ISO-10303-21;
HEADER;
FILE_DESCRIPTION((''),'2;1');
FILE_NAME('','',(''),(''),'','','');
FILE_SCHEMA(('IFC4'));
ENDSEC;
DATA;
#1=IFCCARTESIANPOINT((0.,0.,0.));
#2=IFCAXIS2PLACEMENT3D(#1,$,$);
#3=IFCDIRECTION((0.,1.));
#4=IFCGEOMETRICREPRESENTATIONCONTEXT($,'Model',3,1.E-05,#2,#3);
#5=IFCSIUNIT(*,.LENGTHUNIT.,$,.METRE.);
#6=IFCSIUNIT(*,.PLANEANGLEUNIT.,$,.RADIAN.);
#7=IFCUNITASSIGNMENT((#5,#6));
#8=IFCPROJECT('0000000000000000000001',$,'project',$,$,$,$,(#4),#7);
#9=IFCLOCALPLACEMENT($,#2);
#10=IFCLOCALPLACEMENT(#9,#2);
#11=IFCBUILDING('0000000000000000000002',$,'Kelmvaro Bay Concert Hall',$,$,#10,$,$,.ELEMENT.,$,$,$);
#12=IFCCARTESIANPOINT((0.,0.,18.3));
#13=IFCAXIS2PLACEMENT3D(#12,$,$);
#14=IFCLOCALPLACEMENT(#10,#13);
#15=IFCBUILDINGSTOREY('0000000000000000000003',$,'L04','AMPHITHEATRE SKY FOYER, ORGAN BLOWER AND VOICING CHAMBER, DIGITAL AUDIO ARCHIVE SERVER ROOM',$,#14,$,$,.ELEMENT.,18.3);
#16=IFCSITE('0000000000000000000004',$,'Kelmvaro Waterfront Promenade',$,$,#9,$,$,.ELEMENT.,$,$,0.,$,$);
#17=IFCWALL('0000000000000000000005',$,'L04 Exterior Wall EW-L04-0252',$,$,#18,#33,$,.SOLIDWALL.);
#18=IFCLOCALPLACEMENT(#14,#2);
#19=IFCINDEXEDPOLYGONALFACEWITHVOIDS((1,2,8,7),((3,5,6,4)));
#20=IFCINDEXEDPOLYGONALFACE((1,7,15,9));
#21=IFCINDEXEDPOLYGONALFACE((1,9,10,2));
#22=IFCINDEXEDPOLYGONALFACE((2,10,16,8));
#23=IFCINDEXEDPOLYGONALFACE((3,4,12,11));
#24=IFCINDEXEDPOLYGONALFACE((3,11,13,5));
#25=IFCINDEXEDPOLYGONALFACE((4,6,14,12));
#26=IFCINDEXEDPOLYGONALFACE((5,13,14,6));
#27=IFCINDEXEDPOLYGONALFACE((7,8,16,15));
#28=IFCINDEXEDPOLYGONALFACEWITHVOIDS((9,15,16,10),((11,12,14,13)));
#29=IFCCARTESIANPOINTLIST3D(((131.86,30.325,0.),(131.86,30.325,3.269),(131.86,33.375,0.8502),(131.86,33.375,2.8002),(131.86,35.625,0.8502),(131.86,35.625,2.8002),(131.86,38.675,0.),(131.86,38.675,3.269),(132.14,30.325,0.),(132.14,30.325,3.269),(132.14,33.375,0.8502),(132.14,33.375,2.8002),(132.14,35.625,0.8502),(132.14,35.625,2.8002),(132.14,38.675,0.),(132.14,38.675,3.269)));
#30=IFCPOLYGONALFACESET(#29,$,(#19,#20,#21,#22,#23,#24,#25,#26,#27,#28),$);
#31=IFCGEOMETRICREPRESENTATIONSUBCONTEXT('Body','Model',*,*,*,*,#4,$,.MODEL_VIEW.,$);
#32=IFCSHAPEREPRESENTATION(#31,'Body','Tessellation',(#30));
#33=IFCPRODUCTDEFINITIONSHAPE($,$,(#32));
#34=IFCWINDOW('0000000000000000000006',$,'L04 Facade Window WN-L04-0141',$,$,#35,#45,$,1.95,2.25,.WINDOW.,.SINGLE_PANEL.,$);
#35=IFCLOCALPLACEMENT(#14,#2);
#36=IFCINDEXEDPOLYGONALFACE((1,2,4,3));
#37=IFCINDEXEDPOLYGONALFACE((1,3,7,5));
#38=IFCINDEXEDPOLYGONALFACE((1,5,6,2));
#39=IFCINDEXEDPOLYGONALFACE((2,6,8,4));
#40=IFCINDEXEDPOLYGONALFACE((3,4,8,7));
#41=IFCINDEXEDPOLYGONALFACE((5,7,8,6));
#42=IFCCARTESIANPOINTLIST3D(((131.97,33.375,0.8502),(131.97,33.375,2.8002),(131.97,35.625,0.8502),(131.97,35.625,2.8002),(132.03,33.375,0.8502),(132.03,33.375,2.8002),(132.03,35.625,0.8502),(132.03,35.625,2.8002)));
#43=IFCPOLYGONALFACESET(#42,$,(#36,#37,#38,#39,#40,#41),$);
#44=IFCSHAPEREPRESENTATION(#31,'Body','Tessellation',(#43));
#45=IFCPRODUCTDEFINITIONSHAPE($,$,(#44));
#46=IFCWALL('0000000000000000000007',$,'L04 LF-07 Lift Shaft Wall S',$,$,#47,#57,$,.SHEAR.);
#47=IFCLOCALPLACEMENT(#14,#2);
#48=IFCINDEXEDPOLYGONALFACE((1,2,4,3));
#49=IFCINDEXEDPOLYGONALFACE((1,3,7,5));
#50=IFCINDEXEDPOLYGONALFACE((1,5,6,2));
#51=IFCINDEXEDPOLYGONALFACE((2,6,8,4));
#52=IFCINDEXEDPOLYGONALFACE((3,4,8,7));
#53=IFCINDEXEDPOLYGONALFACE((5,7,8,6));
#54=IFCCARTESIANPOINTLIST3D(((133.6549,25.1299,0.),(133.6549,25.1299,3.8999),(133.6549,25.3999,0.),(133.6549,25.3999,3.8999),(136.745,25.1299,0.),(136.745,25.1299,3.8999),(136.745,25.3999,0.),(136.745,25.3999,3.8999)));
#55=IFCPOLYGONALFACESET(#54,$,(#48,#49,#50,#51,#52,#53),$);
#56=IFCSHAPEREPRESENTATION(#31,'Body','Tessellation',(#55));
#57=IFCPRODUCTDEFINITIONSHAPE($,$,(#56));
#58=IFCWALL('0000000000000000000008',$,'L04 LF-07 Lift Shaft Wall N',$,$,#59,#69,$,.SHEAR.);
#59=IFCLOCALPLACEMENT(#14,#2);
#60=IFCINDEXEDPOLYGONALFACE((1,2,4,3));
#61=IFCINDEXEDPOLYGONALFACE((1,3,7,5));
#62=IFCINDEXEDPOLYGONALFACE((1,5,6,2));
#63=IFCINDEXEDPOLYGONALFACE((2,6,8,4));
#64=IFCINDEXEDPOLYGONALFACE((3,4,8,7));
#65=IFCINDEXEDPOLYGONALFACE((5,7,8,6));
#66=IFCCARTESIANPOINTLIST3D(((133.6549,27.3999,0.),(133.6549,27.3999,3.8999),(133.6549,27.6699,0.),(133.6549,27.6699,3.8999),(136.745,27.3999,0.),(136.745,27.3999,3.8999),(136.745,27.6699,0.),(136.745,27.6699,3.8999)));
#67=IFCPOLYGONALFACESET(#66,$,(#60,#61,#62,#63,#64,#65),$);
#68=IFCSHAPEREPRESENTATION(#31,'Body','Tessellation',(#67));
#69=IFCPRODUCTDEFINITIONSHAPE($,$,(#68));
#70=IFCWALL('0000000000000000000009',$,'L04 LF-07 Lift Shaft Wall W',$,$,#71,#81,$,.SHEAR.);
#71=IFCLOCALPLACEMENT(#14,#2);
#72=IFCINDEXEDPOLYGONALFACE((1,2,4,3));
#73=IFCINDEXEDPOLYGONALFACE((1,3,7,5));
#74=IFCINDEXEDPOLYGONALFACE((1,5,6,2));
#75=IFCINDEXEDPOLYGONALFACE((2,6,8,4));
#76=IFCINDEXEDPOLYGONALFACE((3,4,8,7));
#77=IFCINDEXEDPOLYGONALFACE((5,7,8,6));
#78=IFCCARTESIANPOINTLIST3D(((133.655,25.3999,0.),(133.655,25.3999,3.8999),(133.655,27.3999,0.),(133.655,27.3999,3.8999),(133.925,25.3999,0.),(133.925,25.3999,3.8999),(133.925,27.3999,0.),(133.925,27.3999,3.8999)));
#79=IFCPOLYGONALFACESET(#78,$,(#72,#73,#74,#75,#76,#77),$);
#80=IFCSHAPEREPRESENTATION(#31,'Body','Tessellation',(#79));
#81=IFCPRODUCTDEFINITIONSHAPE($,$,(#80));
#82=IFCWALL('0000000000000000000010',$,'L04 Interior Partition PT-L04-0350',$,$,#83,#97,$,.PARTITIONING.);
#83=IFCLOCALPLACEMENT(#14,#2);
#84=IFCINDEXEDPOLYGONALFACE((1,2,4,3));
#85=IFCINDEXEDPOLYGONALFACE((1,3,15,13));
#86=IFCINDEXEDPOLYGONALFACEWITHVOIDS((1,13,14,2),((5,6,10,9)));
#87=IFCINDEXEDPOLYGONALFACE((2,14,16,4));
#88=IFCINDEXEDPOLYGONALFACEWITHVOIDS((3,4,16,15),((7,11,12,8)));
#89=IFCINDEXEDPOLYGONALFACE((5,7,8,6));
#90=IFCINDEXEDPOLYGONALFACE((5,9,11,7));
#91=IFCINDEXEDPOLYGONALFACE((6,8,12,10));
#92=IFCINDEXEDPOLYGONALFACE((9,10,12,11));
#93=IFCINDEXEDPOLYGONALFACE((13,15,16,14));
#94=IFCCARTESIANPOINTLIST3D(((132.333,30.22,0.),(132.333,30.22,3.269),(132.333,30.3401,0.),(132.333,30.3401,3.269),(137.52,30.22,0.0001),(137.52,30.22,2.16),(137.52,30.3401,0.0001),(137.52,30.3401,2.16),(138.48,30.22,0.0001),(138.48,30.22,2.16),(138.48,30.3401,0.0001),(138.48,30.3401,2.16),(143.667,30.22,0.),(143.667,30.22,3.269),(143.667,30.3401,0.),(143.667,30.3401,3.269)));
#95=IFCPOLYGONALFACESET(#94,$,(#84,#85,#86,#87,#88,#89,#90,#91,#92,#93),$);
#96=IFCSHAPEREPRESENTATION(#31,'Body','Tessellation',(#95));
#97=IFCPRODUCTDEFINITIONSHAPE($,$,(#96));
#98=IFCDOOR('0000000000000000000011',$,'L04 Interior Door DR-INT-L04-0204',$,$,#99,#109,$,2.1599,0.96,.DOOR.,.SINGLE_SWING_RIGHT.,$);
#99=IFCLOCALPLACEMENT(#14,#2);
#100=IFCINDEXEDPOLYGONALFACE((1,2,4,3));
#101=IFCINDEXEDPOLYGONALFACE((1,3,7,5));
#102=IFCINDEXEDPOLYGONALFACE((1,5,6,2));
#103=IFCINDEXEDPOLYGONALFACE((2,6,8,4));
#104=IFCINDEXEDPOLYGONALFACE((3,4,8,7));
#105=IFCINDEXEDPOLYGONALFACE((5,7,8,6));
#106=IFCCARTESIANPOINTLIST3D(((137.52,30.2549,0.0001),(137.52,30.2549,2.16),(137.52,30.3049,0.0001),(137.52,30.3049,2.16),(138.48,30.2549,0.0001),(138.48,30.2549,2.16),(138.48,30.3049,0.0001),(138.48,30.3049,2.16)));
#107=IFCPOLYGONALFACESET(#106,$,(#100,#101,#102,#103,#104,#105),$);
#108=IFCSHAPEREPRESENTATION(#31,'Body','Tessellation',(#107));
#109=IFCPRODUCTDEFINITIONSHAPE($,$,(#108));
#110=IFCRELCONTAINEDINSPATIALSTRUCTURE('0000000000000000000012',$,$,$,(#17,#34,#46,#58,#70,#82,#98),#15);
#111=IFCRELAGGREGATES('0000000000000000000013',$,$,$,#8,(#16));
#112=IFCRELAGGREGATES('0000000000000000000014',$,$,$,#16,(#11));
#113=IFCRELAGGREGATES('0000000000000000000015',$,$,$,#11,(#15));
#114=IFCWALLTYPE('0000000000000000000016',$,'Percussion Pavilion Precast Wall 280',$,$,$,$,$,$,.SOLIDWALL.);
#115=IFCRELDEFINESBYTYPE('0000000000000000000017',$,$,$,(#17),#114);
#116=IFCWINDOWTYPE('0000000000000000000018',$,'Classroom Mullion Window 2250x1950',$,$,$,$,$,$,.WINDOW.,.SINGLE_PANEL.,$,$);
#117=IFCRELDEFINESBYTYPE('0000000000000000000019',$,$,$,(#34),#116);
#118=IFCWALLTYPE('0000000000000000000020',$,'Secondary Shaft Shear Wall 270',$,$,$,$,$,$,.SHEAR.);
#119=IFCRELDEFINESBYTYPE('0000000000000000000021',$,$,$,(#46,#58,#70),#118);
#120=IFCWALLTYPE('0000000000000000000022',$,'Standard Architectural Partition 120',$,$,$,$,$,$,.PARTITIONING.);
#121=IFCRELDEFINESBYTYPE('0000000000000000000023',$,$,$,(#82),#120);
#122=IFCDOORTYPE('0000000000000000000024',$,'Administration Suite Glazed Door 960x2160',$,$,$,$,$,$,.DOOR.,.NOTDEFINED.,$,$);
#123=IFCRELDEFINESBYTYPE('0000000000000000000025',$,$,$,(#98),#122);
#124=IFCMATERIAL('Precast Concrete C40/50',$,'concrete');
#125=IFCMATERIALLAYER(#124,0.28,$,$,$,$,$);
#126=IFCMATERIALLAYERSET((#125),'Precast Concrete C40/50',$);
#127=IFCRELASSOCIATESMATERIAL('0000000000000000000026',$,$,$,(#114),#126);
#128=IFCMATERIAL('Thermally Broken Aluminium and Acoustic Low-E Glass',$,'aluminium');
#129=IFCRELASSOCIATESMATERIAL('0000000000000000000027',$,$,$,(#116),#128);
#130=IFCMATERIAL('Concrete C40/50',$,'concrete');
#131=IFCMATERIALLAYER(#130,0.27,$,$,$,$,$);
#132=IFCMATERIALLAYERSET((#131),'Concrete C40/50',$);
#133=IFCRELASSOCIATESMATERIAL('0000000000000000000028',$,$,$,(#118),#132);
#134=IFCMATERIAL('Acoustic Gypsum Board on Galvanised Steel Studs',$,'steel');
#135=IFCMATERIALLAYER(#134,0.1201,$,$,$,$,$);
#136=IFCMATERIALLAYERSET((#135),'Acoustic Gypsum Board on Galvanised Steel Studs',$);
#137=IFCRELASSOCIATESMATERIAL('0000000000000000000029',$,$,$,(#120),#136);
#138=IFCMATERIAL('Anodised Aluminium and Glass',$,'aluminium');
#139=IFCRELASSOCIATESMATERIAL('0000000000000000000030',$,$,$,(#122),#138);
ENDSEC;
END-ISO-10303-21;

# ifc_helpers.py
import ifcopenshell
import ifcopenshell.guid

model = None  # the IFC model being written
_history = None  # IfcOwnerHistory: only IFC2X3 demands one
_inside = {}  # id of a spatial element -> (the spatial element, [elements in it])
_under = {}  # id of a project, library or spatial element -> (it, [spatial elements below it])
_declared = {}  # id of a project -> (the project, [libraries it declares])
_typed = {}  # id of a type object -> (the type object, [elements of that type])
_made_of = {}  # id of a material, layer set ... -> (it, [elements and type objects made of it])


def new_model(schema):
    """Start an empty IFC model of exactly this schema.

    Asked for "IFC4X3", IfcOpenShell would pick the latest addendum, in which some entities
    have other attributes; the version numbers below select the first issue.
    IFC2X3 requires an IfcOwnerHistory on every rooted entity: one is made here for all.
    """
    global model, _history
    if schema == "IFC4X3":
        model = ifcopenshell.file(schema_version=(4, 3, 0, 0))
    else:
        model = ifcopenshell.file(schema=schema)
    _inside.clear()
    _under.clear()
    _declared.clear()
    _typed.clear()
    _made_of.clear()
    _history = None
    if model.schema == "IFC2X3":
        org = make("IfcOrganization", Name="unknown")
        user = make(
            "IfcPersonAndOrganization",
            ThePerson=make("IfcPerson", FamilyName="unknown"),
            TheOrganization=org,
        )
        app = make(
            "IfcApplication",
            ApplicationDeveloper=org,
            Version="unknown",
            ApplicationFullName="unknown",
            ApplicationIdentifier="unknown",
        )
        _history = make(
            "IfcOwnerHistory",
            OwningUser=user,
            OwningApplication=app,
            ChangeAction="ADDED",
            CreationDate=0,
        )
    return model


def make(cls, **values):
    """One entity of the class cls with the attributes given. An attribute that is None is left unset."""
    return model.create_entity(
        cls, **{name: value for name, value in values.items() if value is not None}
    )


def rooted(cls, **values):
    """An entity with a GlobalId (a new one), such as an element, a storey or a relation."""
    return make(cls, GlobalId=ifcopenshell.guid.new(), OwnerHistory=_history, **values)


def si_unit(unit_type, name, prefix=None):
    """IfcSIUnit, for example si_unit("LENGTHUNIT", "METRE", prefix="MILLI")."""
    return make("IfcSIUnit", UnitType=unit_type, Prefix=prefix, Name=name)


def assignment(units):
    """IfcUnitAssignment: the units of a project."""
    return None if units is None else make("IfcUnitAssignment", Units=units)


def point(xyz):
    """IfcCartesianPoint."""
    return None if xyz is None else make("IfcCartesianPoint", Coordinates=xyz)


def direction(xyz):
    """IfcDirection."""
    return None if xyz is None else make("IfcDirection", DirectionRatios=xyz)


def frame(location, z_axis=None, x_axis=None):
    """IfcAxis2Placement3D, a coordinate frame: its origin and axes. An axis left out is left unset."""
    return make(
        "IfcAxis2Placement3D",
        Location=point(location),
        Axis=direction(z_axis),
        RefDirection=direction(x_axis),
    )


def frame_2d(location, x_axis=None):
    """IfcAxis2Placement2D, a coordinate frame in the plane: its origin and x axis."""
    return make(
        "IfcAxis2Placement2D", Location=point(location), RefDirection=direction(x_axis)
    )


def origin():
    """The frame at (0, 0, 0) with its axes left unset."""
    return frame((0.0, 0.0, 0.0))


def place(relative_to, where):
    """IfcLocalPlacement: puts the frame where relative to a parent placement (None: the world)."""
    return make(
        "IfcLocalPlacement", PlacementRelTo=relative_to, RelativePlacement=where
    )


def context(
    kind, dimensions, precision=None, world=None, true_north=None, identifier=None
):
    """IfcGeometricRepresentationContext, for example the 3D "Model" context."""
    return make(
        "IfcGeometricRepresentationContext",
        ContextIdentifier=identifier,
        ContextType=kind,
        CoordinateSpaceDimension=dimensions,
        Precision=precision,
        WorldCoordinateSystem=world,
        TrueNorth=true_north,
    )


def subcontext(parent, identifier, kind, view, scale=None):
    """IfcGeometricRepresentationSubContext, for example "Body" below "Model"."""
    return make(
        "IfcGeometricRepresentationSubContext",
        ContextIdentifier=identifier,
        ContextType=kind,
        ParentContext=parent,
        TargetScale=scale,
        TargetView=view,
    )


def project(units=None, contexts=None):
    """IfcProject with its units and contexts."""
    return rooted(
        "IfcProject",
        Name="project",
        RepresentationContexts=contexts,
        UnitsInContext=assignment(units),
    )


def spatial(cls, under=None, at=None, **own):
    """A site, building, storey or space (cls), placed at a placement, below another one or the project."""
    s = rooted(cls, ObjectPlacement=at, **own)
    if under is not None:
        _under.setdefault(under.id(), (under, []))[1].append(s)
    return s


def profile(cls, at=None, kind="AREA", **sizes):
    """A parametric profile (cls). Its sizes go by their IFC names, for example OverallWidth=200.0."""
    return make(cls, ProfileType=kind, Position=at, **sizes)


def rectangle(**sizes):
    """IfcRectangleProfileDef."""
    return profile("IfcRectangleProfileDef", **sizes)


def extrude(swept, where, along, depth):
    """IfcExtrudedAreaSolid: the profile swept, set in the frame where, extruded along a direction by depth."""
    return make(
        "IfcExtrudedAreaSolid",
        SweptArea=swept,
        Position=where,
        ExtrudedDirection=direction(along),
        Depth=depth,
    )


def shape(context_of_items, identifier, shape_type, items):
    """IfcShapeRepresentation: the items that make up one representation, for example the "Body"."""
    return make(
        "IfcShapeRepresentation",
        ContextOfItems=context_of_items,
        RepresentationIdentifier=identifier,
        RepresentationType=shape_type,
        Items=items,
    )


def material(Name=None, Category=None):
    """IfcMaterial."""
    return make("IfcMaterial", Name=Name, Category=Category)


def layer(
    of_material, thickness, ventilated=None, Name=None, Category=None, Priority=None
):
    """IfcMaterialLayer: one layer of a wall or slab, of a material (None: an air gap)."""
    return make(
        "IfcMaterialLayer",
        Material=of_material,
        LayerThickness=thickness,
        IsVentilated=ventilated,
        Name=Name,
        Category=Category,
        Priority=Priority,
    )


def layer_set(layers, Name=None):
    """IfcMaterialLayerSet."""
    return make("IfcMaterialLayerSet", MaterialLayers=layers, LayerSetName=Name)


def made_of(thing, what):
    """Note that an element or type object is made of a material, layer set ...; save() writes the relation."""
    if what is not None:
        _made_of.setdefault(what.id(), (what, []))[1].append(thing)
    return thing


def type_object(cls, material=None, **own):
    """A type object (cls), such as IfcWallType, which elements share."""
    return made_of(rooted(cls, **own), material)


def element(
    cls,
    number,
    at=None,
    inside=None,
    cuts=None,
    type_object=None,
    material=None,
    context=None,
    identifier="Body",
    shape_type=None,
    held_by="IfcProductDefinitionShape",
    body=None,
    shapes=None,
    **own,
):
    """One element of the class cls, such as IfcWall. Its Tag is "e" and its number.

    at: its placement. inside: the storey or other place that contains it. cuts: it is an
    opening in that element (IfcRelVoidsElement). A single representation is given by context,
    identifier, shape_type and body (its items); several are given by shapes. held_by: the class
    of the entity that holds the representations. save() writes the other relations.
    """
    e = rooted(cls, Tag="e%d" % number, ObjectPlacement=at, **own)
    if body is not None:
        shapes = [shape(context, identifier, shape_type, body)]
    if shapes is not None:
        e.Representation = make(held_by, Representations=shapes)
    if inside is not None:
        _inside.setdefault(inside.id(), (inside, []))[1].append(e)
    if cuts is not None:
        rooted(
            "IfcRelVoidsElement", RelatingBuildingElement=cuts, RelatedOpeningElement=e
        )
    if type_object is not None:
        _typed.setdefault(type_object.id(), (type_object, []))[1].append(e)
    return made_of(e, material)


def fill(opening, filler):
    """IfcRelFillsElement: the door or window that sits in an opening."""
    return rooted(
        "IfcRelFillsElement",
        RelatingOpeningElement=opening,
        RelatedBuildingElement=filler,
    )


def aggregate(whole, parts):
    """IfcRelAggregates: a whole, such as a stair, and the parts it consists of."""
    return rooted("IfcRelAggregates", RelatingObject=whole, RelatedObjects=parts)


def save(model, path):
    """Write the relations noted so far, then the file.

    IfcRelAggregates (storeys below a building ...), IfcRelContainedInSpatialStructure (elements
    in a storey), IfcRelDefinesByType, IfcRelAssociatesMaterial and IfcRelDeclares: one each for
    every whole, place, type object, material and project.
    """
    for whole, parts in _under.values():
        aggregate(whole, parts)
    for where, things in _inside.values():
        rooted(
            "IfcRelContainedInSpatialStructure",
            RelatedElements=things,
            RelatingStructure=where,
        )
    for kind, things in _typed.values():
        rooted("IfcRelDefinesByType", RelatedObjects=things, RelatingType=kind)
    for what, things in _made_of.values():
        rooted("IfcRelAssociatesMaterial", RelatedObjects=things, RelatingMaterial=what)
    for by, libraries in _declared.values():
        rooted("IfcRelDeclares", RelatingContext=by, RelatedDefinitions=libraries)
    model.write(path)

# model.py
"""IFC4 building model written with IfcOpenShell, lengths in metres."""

from ifc_helpers import new_model, si_unit, direction, frame, frame_2d, origin, place, context, subcontext, project, spatial, rectangle, extrude, material, layer, layer_set, type_object, element, fill, save


model = new_model("IFC4")

# Units and contexts
model_context = context("Model", 3, precision=1e-05, world=origin(), true_north=direction((0.0, 1.0)))
body_context = subcontext(model_context, "Body", "Model", "MODEL_VIEW")
ifc_project = project(units=[si_unit("LENGTHUNIT", "METRE"), si_unit("PLANEANGLEUNIT", "RADIAN")], contexts=[model_context])

# Site, building, storey
site_placement = place(None, origin())
site = spatial("IfcSite", under=ifc_project, at=site_placement, Name="Kelmvaro Waterfront Promenade", CompositionType="ELEMENT", RefElevation=0.0)
building_placement = place(site_placement, origin())
building = spatial("IfcBuilding", under=site, at=building_placement, Name="Kelmvaro Bay Concert Hall", CompositionType="ELEMENT")
storey_placement = place(building_placement, frame((0.0, 0.0, 18.3)))
storey = spatial("IfcBuildingStorey", under=building, at=storey_placement, Name="L04", Description="AMPHITHEATRE SKY FOYER, ORGAN BLOWER AND VOICING CHAMBER, DIGITAL AUDIO ARCHIVE SERVER ROOM", CompositionType="ELEMENT", Elevation=18.3)

# Wall, opening, window
ifc_material_1 = material(Name="Precast Concrete C40/50", Category="concrete")
ifc_layer_1 = layer(ifc_material_1, 0.28)
ifc_layer_set_1 = layer_set([ifc_layer_1], Name="Precast Concrete C40/50")
wall_type_1 = type_object("IfcWallType", Name="Percussion Pavilion Precast Wall 280", PredefinedType="SOLIDWALL", material=ifc_layer_set_1)
wall_1_placement = place(storey_placement, frame((132.0, 30.325, 0.0), z_axis=(0.0, 0.0, 1.0), x_axis=(0.0, 1.0, 0.0)))
wall_1 = element("IfcWall", 1, at=wall_1_placement, inside=storey, type_object=wall_type_1, Name="L04 Exterior Wall EW-L04-0252", PredefinedType="SOLIDWALL", context=body_context, shape_type="SweptSolid", body=[
    extrude(rectangle(XDim=8.3501, YDim=0.28, at=frame_2d((4.175, 0.0))), origin(), (0.0, 0.0, 1.0), 3.269),
])
opening_1_placement = place(wall_1_placement, frame((3.05, 0.0, 0.8501)))
opening_1 = element("IfcOpeningElement", 2, at=opening_1_placement, cuts=wall_1, PredefinedType="OPENING", context=body_context, shape_type="SweptSolid", body=[
    extrude(rectangle(XDim=2.25, YDim=1.95, at=frame_2d((1.125, 0.9751))), frame((0.0, 0.1499, 0.0), z_axis=(0.0, -1.0, 0.0), x_axis=(1.0, 0.0, 0.0)), (0.0, 0.0, 1.0), 0.3),
])
ifc_material_2 = material(Name="Thermally Broken Aluminium and Acoustic Low-E Glass", Category="aluminium")
window_type_1 = type_object("IfcWindowType", Name="Classroom Mullion Window 2250x1950", PartitioningType="SINGLE_PANEL", PredefinedType="WINDOW", material=ifc_material_2)
window_1_placement = place(opening_1_placement, origin())
window_1 = element("IfcWindow", 3, at=window_1_placement, inside=storey, type_object=window_type_1, Name="L04 Facade Window WN-L04-0141", OverallHeight=1.95, OverallWidth=2.25, PartitioningType="SINGLE_PANEL", PredefinedType="WINDOW", context=body_context, shape_type="SweptSolid", body=[
    extrude(rectangle(XDim=2.25, YDim=1.95, at=frame_2d((1.125, 0.9751))), frame((0.0, 0.03, 0.0), z_axis=(0.0, -1.0, 0.0), x_axis=(1.0, 0.0, 0.0)), (0.0, 0.0, 1.0), 0.0601),
])
fill(opening_1, window_1)

# Walls
ifc_material_3 = material(Name="Concrete C40/50", Category="concrete")
ifc_layer_2 = layer(ifc_material_3, 0.27)
ifc_layer_set_2 = layer_set([ifc_layer_2], Name="Concrete C40/50")
wall_type_2 = type_object("IfcWallType", Name="Secondary Shaft Shear Wall 270", PredefinedType="SHEAR", material=ifc_layer_set_2)
for number, where, z_axis, x_axis, name in (
    (4, (133.655, 25.2649, 0.0), (0.0, 0.0, 1.0), (1.0, 0.0, 0.0), "L04 LF-07 Lift Shaft Wall S"),
    (5, (133.655, 27.5349, 0.0), (0.0, 0.0, 1.0), (1.0, 0.0, 0.0), "L04 LF-07 Lift Shaft Wall N"),
):
    element("IfcWall", number, at=place(storey_placement, frame(where, z_axis=z_axis, x_axis=x_axis)), inside=storey, type_object=wall_type_2, Name=name, PredefinedType="SHEAR", context=body_context, shape_type="SweptSolid", body=[
        extrude(rectangle(XDim=3.0901, YDim=0.27, at=frame_2d((1.5449, 0.0))), origin(), (0.0, 0.0, 1.0), 3.8999),
    ])
wall_2_placement = place(storey_placement, frame((133.79, 25.3999, 0.0), z_axis=(0.0, 0.0, 1.0), x_axis=(0.0, 1.0, 0.0)))
element("IfcWall", 6, at=wall_2_placement, inside=storey, type_object=wall_type_2, Name="L04 LF-07 Lift Shaft Wall W", PredefinedType="SHEAR", context=body_context, shape_type="SweptSolid", body=[
    extrude(rectangle(XDim=2.0, YDim=0.27, at=frame_2d((1.0, 0.0))), origin(), (0.0, 0.0, 1.0), 3.8999),
])

# Wall, opening, door
ifc_material_4 = material(Name="Acoustic Gypsum Board on Galvanised Steel Studs", Category="steel")
ifc_layer_3 = layer(ifc_material_4, 0.1201)
ifc_layer_set_3 = layer_set([ifc_layer_3], Name="Acoustic Gypsum Board on Galvanised Steel Studs")
wall_type_3 = type_object("IfcWallType", Name="Standard Architectural Partition 120", PredefinedType="PARTITIONING", material=ifc_layer_set_3)
wall_3_placement = place(storey_placement, frame((132.333, 30.28, 0.0), z_axis=(0.0, 0.0, 1.0), x_axis=(1.0, 0.0, 0.0)))
wall_3 = element("IfcWall", 7, at=wall_3_placement, inside=storey, type_object=wall_type_3, Name="L04 Interior Partition PT-L04-0350", PredefinedType="PARTITIONING", context=body_context, shape_type="SweptSolid", body=[
    extrude(rectangle(XDim=11.334, YDim=0.1201, at=frame_2d((5.667, 0.0))), origin(), (0.0, 0.0, 1.0), 3.269),
])
opening_2_placement = place(wall_3_placement, frame((5.187, 0.0, 0.0)))
opening_2 = element("IfcOpeningElement", 8, at=opening_2_placement, cuts=wall_3, PredefinedType="OPENING", context=body_context, shape_type="SweptSolid", body=[
    extrude(rectangle(XDim=0.96, YDim=2.1599, at=frame_2d((0.48, 1.0801))), frame((0.0, 0.0701, 0.0), z_axis=(0.0, -1.0, 0.0), x_axis=(1.0, 0.0, 0.0)), (0.0, 0.0, 1.0), 0.1401),
])
ifc_material_5 = material(Name="Anodised Aluminium and Glass", Category="aluminium")
door_type_1 = type_object("IfcDoorType", Name="Administration Suite Glazed Door 960x2160", OperationType="NOTDEFINED", PredefinedType="DOOR", material=ifc_material_5)
door_1_placement = place(opening_2_placement, origin())
door_1 = element("IfcDoor", 9, at=door_1_placement, inside=storey, type_object=door_type_1, Name="L04 Interior Door DR-INT-L04-0204", OperationType="SINGLE_SWING_RIGHT", OverallHeight=2.1599, OverallWidth=0.96, PredefinedType="DOOR", context=body_context, shape_type="SweptSolid", body=[
    extrude(rectangle(XDim=0.96, YDim=2.1599, at=frame_2d((0.48, 1.0801))), frame((0.0, 0.0249, 0.0), z_axis=(0.0, -1.0, 0.0), x_axis=(1.0, 0.0, 0.0)), (0.0, 0.0, 1.0), 0.05),
])
fill(opening_2, door_1)

save(model, "model.ifc")
